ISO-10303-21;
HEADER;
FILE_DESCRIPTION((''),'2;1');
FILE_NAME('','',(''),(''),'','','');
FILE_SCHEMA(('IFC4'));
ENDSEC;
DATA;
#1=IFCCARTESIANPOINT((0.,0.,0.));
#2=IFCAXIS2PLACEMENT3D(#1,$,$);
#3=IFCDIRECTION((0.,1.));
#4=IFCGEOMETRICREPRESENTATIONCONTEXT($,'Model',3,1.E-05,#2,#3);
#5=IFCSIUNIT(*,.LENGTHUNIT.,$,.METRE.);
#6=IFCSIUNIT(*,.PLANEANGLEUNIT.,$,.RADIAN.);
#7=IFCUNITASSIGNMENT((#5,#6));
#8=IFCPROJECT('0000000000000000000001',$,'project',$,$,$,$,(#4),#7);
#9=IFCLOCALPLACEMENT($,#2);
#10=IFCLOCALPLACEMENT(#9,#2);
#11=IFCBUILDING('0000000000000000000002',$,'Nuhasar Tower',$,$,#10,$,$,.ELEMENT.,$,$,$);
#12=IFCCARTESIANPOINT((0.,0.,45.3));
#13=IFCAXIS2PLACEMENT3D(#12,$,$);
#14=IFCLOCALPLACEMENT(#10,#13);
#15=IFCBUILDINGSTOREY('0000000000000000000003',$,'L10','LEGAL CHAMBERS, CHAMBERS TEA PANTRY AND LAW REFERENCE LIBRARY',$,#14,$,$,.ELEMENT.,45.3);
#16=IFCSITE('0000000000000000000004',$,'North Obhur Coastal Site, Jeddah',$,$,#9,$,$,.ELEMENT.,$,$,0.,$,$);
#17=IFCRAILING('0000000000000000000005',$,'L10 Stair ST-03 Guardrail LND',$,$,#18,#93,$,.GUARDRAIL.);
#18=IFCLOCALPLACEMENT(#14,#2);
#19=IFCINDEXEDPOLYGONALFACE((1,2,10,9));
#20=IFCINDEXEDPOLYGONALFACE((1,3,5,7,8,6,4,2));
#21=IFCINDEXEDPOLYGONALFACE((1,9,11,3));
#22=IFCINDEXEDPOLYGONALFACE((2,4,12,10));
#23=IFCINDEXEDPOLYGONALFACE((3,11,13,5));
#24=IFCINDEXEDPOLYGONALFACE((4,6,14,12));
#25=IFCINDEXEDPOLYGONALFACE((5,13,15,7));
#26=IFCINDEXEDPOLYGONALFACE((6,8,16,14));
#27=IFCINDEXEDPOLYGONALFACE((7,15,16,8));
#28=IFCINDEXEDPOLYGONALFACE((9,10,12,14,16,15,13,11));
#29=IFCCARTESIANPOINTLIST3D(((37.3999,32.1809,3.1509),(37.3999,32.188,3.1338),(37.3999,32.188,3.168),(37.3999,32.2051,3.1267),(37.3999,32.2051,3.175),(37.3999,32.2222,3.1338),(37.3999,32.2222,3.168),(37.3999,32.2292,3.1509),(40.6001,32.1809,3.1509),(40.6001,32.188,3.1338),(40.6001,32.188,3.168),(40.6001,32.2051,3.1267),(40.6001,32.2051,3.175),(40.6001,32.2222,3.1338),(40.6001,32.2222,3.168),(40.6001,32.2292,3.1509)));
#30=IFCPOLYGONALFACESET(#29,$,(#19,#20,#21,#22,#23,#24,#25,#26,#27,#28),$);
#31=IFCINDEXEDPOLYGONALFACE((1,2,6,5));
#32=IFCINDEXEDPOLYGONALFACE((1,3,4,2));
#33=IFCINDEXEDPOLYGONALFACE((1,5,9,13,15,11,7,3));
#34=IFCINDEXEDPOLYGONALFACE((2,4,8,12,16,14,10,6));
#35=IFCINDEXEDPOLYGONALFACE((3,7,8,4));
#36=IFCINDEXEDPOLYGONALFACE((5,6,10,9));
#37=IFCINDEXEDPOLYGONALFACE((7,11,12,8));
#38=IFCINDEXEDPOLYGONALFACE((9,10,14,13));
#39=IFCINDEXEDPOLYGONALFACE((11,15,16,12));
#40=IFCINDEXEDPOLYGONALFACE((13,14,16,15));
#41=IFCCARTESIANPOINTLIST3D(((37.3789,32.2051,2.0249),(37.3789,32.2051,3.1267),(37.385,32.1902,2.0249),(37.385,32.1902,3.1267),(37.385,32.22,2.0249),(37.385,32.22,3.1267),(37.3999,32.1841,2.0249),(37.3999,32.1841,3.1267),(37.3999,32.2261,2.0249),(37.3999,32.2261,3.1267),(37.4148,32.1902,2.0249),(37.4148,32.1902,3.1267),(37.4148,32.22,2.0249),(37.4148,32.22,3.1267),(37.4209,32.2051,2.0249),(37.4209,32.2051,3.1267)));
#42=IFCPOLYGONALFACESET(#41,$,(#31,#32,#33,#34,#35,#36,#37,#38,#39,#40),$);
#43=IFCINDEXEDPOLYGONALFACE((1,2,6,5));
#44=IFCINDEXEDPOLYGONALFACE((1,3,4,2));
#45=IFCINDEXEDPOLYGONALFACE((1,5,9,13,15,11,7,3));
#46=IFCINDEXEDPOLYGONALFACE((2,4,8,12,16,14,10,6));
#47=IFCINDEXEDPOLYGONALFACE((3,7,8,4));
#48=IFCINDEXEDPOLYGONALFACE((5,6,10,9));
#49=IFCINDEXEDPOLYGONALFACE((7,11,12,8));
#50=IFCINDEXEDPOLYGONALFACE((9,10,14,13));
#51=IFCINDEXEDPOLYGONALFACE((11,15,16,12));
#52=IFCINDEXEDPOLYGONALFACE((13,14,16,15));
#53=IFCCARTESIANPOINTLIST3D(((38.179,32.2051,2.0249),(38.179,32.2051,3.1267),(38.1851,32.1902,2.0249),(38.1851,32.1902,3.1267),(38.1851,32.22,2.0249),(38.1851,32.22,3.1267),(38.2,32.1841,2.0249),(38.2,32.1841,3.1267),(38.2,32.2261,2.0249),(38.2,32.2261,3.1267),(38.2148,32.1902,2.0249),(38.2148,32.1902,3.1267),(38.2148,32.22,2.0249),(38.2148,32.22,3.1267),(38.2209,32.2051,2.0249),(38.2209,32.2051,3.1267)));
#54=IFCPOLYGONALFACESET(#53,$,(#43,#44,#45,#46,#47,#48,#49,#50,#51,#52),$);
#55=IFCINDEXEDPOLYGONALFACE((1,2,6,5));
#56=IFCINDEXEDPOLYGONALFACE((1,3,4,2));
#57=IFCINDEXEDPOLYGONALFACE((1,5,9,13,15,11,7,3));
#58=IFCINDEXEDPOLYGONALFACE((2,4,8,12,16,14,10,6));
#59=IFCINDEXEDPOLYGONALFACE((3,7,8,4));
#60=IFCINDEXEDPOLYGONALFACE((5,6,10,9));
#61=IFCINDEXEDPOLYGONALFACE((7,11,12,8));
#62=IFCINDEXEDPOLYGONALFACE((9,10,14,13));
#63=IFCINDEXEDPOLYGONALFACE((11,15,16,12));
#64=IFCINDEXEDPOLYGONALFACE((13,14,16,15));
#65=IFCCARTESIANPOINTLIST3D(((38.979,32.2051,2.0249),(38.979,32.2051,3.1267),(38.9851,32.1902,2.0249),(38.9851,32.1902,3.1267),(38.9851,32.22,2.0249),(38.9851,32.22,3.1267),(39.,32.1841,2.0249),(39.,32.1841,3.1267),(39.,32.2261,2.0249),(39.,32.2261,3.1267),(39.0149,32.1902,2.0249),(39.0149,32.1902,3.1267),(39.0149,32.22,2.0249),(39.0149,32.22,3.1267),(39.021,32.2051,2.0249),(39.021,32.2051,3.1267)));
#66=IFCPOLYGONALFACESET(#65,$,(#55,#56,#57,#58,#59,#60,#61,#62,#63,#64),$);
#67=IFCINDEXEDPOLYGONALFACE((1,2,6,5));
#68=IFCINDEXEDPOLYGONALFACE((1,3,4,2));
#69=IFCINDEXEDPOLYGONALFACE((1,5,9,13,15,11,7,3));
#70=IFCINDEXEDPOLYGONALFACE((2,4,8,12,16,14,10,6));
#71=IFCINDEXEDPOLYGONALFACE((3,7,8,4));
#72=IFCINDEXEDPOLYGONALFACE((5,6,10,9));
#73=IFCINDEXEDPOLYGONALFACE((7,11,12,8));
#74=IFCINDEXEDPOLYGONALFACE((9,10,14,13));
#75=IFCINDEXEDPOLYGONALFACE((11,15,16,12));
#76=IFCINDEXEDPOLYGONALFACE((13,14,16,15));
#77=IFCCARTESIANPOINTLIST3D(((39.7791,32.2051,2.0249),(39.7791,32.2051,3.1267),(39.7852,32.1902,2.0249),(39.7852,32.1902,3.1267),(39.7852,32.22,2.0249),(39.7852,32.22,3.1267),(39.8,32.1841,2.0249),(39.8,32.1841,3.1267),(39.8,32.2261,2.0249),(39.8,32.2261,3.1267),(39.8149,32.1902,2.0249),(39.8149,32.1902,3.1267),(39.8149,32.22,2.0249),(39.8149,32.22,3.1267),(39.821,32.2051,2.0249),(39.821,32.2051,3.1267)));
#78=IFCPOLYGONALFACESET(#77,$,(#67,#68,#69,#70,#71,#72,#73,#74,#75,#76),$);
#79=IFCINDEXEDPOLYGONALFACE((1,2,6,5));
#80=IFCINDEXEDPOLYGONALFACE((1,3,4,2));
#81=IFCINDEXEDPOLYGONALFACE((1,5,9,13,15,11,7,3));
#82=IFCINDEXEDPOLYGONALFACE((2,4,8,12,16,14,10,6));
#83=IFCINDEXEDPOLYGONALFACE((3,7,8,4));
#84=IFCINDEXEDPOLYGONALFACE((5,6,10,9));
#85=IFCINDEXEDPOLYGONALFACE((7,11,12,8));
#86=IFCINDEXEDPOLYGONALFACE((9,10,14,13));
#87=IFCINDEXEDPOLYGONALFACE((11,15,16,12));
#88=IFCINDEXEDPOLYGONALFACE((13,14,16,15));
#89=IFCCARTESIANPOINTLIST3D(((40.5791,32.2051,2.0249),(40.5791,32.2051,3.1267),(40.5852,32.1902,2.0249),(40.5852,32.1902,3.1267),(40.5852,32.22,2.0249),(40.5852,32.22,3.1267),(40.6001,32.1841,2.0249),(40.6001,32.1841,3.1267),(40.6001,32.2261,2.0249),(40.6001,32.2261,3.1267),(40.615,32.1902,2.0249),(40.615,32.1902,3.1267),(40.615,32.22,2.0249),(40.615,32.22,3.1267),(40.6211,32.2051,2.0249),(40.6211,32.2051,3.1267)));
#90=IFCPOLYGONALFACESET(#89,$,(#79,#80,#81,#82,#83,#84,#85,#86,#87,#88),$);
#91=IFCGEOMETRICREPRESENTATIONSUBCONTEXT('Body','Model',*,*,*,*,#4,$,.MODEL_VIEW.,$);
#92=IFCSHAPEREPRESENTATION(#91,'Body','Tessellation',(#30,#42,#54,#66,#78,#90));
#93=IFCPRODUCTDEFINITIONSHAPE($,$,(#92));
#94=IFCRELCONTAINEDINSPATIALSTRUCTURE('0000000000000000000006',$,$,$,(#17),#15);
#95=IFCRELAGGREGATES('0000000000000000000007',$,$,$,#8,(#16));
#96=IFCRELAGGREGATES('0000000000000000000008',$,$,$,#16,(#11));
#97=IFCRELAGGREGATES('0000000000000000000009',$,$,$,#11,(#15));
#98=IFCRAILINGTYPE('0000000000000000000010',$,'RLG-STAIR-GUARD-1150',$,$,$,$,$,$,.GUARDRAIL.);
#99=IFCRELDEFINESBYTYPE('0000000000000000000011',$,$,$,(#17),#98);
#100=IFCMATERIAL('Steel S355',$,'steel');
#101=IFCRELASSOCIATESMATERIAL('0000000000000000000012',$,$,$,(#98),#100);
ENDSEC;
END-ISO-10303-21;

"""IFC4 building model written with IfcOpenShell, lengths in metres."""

from ifc_helpers import new_model, si_unit, direction, frame, origin, place, context, subcontext, project, spatial, polyline, outline, extrude, material, type_object, element, save


model = new_model("IFC4")

# Units and contexts
model_context = context("Model", 3, precision=1e-05, world=origin(), true_north=direction((0.0, 1.0)))
body_context = subcontext(model_context, "Body", "Model", "MODEL_VIEW")
ifc_project = project(units=[si_unit("LENGTHUNIT", "METRE"), si_unit("PLANEANGLEUNIT", "RADIAN")], contexts=[model_context])

# Site, building, storey
site_placement = place(None, origin())
site = spatial("IfcSite", under=ifc_project, at=site_placement, Name="North Obhur Coastal Site, Jeddah", CompositionType="ELEMENT", RefElevation=0.0)
building_placement = place(site_placement, origin())
building = spatial("IfcBuilding", under=site, at=building_placement, Name="Nuhasar Tower", CompositionType="ELEMENT")
storey_placement = place(building_placement, frame((0.0, 0.0, 45.3)))
storey = spatial("IfcBuildingStorey", under=building, at=storey_placement, Name="L10", Description="LEGAL CHAMBERS, CHAMBERS TEA PANTRY AND LAW REFERENCE LIBRARY", CompositionType="ELEMENT", Elevation=45.3)

# Shared definitions
ifc_material_1 = material(Name="Steel S355", Category="steel")

# Railing
railing_type_1 = type_object("IfcRailingType", Name="RLG-STAIR-GUARD-1150", PredefinedType="GUARDRAIL", material=ifc_material_1)
railing_1_placement = place(storey_placement, frame((37.3999, 32.2051, 2.0249)))
element("IfcRailing", 1, at=railing_1_placement, inside=storey, type_object=railing_type_1, Name="L10 Stair ST-03 Guardrail LND", PredefinedType="GUARDRAIL", context=body_context, shape_type="SweptSolid", body=[
    extrude(outline(polyline([(0.0242, 0.0), (0.0171, 0.0171), (0.0, 0.0242), (-0.0171, 0.0171), (-0.0242, 0.0), (-0.0171, -0.0171), (0.0, -0.0242), (0.0171, -0.0171), (0.0242, 0.0)])), frame((0.0, 0.0, 1.126), z_axis=(1.0, 0.0, 0.0), x_axis=(0.0, 1.0, 0.0)), (0.0, 0.0, 1.0), 3.2002),
    extrude(outline(polyline([(0.021, 0.0), (0.0149, 0.0149), (0.0, 0.021), (-0.0149, 0.0149), (-0.021, 0.0), (-0.0149, -0.0149), (0.0, -0.021), (0.0149, -0.0149), (0.021, 0.0)])), origin(), (0.0, 0.0, 1.0), 1.1018),
    extrude(outline(polyline([(0.021, 0.0), (0.0149, 0.0149), (0.0, 0.021), (-0.0149, 0.0149), (-0.021, 0.0), (-0.0149, -0.0149), (0.0, -0.021), (0.0149, -0.0149), (0.021, 0.0)])), frame((0.8, 0.0, 0.0)), (0.0, 0.0, 1.0), 1.1018),
    extrude(outline(polyline([(0.021, 0.0), (0.0149, 0.0149), (0.0, 0.021), (-0.0149, 0.0149), (-0.021, 0.0), (-0.0149, -0.0149), (0.0, -0.021), (0.0149, -0.0149), (0.021, 0.0)])), frame((1.6001, 0.0, 0.0)), (0.0, 0.0, 1.0), 1.1018),
    extrude(outline(polyline([(0.021, 0.0), (0.0149, 0.0149), (0.0, 0.021), (-0.0149, 0.0149), (-0.021, 0.0), (-0.0149, -0.0149), (0.0, -0.021), (0.0149, -0.0149), (0.021, 0.0)])), frame((2.4001, 0.0, 0.0)), (0.0, 0.0, 1.0), 1.1018),
    extrude(outline(polyline([(0.021, 0.0), (0.0149, 0.0149), (0.0, 0.021), (-0.0149, 0.0149), (-0.021, 0.0), (-0.0149, -0.0149), (0.0, -0.021), (0.0149, -0.0149), (0.021, 0.0)])), frame((3.2002, 0.0, 0.0)), (0.0, 0.0, 1.0), 1.1018),
])

save(model, "model.ifc")
